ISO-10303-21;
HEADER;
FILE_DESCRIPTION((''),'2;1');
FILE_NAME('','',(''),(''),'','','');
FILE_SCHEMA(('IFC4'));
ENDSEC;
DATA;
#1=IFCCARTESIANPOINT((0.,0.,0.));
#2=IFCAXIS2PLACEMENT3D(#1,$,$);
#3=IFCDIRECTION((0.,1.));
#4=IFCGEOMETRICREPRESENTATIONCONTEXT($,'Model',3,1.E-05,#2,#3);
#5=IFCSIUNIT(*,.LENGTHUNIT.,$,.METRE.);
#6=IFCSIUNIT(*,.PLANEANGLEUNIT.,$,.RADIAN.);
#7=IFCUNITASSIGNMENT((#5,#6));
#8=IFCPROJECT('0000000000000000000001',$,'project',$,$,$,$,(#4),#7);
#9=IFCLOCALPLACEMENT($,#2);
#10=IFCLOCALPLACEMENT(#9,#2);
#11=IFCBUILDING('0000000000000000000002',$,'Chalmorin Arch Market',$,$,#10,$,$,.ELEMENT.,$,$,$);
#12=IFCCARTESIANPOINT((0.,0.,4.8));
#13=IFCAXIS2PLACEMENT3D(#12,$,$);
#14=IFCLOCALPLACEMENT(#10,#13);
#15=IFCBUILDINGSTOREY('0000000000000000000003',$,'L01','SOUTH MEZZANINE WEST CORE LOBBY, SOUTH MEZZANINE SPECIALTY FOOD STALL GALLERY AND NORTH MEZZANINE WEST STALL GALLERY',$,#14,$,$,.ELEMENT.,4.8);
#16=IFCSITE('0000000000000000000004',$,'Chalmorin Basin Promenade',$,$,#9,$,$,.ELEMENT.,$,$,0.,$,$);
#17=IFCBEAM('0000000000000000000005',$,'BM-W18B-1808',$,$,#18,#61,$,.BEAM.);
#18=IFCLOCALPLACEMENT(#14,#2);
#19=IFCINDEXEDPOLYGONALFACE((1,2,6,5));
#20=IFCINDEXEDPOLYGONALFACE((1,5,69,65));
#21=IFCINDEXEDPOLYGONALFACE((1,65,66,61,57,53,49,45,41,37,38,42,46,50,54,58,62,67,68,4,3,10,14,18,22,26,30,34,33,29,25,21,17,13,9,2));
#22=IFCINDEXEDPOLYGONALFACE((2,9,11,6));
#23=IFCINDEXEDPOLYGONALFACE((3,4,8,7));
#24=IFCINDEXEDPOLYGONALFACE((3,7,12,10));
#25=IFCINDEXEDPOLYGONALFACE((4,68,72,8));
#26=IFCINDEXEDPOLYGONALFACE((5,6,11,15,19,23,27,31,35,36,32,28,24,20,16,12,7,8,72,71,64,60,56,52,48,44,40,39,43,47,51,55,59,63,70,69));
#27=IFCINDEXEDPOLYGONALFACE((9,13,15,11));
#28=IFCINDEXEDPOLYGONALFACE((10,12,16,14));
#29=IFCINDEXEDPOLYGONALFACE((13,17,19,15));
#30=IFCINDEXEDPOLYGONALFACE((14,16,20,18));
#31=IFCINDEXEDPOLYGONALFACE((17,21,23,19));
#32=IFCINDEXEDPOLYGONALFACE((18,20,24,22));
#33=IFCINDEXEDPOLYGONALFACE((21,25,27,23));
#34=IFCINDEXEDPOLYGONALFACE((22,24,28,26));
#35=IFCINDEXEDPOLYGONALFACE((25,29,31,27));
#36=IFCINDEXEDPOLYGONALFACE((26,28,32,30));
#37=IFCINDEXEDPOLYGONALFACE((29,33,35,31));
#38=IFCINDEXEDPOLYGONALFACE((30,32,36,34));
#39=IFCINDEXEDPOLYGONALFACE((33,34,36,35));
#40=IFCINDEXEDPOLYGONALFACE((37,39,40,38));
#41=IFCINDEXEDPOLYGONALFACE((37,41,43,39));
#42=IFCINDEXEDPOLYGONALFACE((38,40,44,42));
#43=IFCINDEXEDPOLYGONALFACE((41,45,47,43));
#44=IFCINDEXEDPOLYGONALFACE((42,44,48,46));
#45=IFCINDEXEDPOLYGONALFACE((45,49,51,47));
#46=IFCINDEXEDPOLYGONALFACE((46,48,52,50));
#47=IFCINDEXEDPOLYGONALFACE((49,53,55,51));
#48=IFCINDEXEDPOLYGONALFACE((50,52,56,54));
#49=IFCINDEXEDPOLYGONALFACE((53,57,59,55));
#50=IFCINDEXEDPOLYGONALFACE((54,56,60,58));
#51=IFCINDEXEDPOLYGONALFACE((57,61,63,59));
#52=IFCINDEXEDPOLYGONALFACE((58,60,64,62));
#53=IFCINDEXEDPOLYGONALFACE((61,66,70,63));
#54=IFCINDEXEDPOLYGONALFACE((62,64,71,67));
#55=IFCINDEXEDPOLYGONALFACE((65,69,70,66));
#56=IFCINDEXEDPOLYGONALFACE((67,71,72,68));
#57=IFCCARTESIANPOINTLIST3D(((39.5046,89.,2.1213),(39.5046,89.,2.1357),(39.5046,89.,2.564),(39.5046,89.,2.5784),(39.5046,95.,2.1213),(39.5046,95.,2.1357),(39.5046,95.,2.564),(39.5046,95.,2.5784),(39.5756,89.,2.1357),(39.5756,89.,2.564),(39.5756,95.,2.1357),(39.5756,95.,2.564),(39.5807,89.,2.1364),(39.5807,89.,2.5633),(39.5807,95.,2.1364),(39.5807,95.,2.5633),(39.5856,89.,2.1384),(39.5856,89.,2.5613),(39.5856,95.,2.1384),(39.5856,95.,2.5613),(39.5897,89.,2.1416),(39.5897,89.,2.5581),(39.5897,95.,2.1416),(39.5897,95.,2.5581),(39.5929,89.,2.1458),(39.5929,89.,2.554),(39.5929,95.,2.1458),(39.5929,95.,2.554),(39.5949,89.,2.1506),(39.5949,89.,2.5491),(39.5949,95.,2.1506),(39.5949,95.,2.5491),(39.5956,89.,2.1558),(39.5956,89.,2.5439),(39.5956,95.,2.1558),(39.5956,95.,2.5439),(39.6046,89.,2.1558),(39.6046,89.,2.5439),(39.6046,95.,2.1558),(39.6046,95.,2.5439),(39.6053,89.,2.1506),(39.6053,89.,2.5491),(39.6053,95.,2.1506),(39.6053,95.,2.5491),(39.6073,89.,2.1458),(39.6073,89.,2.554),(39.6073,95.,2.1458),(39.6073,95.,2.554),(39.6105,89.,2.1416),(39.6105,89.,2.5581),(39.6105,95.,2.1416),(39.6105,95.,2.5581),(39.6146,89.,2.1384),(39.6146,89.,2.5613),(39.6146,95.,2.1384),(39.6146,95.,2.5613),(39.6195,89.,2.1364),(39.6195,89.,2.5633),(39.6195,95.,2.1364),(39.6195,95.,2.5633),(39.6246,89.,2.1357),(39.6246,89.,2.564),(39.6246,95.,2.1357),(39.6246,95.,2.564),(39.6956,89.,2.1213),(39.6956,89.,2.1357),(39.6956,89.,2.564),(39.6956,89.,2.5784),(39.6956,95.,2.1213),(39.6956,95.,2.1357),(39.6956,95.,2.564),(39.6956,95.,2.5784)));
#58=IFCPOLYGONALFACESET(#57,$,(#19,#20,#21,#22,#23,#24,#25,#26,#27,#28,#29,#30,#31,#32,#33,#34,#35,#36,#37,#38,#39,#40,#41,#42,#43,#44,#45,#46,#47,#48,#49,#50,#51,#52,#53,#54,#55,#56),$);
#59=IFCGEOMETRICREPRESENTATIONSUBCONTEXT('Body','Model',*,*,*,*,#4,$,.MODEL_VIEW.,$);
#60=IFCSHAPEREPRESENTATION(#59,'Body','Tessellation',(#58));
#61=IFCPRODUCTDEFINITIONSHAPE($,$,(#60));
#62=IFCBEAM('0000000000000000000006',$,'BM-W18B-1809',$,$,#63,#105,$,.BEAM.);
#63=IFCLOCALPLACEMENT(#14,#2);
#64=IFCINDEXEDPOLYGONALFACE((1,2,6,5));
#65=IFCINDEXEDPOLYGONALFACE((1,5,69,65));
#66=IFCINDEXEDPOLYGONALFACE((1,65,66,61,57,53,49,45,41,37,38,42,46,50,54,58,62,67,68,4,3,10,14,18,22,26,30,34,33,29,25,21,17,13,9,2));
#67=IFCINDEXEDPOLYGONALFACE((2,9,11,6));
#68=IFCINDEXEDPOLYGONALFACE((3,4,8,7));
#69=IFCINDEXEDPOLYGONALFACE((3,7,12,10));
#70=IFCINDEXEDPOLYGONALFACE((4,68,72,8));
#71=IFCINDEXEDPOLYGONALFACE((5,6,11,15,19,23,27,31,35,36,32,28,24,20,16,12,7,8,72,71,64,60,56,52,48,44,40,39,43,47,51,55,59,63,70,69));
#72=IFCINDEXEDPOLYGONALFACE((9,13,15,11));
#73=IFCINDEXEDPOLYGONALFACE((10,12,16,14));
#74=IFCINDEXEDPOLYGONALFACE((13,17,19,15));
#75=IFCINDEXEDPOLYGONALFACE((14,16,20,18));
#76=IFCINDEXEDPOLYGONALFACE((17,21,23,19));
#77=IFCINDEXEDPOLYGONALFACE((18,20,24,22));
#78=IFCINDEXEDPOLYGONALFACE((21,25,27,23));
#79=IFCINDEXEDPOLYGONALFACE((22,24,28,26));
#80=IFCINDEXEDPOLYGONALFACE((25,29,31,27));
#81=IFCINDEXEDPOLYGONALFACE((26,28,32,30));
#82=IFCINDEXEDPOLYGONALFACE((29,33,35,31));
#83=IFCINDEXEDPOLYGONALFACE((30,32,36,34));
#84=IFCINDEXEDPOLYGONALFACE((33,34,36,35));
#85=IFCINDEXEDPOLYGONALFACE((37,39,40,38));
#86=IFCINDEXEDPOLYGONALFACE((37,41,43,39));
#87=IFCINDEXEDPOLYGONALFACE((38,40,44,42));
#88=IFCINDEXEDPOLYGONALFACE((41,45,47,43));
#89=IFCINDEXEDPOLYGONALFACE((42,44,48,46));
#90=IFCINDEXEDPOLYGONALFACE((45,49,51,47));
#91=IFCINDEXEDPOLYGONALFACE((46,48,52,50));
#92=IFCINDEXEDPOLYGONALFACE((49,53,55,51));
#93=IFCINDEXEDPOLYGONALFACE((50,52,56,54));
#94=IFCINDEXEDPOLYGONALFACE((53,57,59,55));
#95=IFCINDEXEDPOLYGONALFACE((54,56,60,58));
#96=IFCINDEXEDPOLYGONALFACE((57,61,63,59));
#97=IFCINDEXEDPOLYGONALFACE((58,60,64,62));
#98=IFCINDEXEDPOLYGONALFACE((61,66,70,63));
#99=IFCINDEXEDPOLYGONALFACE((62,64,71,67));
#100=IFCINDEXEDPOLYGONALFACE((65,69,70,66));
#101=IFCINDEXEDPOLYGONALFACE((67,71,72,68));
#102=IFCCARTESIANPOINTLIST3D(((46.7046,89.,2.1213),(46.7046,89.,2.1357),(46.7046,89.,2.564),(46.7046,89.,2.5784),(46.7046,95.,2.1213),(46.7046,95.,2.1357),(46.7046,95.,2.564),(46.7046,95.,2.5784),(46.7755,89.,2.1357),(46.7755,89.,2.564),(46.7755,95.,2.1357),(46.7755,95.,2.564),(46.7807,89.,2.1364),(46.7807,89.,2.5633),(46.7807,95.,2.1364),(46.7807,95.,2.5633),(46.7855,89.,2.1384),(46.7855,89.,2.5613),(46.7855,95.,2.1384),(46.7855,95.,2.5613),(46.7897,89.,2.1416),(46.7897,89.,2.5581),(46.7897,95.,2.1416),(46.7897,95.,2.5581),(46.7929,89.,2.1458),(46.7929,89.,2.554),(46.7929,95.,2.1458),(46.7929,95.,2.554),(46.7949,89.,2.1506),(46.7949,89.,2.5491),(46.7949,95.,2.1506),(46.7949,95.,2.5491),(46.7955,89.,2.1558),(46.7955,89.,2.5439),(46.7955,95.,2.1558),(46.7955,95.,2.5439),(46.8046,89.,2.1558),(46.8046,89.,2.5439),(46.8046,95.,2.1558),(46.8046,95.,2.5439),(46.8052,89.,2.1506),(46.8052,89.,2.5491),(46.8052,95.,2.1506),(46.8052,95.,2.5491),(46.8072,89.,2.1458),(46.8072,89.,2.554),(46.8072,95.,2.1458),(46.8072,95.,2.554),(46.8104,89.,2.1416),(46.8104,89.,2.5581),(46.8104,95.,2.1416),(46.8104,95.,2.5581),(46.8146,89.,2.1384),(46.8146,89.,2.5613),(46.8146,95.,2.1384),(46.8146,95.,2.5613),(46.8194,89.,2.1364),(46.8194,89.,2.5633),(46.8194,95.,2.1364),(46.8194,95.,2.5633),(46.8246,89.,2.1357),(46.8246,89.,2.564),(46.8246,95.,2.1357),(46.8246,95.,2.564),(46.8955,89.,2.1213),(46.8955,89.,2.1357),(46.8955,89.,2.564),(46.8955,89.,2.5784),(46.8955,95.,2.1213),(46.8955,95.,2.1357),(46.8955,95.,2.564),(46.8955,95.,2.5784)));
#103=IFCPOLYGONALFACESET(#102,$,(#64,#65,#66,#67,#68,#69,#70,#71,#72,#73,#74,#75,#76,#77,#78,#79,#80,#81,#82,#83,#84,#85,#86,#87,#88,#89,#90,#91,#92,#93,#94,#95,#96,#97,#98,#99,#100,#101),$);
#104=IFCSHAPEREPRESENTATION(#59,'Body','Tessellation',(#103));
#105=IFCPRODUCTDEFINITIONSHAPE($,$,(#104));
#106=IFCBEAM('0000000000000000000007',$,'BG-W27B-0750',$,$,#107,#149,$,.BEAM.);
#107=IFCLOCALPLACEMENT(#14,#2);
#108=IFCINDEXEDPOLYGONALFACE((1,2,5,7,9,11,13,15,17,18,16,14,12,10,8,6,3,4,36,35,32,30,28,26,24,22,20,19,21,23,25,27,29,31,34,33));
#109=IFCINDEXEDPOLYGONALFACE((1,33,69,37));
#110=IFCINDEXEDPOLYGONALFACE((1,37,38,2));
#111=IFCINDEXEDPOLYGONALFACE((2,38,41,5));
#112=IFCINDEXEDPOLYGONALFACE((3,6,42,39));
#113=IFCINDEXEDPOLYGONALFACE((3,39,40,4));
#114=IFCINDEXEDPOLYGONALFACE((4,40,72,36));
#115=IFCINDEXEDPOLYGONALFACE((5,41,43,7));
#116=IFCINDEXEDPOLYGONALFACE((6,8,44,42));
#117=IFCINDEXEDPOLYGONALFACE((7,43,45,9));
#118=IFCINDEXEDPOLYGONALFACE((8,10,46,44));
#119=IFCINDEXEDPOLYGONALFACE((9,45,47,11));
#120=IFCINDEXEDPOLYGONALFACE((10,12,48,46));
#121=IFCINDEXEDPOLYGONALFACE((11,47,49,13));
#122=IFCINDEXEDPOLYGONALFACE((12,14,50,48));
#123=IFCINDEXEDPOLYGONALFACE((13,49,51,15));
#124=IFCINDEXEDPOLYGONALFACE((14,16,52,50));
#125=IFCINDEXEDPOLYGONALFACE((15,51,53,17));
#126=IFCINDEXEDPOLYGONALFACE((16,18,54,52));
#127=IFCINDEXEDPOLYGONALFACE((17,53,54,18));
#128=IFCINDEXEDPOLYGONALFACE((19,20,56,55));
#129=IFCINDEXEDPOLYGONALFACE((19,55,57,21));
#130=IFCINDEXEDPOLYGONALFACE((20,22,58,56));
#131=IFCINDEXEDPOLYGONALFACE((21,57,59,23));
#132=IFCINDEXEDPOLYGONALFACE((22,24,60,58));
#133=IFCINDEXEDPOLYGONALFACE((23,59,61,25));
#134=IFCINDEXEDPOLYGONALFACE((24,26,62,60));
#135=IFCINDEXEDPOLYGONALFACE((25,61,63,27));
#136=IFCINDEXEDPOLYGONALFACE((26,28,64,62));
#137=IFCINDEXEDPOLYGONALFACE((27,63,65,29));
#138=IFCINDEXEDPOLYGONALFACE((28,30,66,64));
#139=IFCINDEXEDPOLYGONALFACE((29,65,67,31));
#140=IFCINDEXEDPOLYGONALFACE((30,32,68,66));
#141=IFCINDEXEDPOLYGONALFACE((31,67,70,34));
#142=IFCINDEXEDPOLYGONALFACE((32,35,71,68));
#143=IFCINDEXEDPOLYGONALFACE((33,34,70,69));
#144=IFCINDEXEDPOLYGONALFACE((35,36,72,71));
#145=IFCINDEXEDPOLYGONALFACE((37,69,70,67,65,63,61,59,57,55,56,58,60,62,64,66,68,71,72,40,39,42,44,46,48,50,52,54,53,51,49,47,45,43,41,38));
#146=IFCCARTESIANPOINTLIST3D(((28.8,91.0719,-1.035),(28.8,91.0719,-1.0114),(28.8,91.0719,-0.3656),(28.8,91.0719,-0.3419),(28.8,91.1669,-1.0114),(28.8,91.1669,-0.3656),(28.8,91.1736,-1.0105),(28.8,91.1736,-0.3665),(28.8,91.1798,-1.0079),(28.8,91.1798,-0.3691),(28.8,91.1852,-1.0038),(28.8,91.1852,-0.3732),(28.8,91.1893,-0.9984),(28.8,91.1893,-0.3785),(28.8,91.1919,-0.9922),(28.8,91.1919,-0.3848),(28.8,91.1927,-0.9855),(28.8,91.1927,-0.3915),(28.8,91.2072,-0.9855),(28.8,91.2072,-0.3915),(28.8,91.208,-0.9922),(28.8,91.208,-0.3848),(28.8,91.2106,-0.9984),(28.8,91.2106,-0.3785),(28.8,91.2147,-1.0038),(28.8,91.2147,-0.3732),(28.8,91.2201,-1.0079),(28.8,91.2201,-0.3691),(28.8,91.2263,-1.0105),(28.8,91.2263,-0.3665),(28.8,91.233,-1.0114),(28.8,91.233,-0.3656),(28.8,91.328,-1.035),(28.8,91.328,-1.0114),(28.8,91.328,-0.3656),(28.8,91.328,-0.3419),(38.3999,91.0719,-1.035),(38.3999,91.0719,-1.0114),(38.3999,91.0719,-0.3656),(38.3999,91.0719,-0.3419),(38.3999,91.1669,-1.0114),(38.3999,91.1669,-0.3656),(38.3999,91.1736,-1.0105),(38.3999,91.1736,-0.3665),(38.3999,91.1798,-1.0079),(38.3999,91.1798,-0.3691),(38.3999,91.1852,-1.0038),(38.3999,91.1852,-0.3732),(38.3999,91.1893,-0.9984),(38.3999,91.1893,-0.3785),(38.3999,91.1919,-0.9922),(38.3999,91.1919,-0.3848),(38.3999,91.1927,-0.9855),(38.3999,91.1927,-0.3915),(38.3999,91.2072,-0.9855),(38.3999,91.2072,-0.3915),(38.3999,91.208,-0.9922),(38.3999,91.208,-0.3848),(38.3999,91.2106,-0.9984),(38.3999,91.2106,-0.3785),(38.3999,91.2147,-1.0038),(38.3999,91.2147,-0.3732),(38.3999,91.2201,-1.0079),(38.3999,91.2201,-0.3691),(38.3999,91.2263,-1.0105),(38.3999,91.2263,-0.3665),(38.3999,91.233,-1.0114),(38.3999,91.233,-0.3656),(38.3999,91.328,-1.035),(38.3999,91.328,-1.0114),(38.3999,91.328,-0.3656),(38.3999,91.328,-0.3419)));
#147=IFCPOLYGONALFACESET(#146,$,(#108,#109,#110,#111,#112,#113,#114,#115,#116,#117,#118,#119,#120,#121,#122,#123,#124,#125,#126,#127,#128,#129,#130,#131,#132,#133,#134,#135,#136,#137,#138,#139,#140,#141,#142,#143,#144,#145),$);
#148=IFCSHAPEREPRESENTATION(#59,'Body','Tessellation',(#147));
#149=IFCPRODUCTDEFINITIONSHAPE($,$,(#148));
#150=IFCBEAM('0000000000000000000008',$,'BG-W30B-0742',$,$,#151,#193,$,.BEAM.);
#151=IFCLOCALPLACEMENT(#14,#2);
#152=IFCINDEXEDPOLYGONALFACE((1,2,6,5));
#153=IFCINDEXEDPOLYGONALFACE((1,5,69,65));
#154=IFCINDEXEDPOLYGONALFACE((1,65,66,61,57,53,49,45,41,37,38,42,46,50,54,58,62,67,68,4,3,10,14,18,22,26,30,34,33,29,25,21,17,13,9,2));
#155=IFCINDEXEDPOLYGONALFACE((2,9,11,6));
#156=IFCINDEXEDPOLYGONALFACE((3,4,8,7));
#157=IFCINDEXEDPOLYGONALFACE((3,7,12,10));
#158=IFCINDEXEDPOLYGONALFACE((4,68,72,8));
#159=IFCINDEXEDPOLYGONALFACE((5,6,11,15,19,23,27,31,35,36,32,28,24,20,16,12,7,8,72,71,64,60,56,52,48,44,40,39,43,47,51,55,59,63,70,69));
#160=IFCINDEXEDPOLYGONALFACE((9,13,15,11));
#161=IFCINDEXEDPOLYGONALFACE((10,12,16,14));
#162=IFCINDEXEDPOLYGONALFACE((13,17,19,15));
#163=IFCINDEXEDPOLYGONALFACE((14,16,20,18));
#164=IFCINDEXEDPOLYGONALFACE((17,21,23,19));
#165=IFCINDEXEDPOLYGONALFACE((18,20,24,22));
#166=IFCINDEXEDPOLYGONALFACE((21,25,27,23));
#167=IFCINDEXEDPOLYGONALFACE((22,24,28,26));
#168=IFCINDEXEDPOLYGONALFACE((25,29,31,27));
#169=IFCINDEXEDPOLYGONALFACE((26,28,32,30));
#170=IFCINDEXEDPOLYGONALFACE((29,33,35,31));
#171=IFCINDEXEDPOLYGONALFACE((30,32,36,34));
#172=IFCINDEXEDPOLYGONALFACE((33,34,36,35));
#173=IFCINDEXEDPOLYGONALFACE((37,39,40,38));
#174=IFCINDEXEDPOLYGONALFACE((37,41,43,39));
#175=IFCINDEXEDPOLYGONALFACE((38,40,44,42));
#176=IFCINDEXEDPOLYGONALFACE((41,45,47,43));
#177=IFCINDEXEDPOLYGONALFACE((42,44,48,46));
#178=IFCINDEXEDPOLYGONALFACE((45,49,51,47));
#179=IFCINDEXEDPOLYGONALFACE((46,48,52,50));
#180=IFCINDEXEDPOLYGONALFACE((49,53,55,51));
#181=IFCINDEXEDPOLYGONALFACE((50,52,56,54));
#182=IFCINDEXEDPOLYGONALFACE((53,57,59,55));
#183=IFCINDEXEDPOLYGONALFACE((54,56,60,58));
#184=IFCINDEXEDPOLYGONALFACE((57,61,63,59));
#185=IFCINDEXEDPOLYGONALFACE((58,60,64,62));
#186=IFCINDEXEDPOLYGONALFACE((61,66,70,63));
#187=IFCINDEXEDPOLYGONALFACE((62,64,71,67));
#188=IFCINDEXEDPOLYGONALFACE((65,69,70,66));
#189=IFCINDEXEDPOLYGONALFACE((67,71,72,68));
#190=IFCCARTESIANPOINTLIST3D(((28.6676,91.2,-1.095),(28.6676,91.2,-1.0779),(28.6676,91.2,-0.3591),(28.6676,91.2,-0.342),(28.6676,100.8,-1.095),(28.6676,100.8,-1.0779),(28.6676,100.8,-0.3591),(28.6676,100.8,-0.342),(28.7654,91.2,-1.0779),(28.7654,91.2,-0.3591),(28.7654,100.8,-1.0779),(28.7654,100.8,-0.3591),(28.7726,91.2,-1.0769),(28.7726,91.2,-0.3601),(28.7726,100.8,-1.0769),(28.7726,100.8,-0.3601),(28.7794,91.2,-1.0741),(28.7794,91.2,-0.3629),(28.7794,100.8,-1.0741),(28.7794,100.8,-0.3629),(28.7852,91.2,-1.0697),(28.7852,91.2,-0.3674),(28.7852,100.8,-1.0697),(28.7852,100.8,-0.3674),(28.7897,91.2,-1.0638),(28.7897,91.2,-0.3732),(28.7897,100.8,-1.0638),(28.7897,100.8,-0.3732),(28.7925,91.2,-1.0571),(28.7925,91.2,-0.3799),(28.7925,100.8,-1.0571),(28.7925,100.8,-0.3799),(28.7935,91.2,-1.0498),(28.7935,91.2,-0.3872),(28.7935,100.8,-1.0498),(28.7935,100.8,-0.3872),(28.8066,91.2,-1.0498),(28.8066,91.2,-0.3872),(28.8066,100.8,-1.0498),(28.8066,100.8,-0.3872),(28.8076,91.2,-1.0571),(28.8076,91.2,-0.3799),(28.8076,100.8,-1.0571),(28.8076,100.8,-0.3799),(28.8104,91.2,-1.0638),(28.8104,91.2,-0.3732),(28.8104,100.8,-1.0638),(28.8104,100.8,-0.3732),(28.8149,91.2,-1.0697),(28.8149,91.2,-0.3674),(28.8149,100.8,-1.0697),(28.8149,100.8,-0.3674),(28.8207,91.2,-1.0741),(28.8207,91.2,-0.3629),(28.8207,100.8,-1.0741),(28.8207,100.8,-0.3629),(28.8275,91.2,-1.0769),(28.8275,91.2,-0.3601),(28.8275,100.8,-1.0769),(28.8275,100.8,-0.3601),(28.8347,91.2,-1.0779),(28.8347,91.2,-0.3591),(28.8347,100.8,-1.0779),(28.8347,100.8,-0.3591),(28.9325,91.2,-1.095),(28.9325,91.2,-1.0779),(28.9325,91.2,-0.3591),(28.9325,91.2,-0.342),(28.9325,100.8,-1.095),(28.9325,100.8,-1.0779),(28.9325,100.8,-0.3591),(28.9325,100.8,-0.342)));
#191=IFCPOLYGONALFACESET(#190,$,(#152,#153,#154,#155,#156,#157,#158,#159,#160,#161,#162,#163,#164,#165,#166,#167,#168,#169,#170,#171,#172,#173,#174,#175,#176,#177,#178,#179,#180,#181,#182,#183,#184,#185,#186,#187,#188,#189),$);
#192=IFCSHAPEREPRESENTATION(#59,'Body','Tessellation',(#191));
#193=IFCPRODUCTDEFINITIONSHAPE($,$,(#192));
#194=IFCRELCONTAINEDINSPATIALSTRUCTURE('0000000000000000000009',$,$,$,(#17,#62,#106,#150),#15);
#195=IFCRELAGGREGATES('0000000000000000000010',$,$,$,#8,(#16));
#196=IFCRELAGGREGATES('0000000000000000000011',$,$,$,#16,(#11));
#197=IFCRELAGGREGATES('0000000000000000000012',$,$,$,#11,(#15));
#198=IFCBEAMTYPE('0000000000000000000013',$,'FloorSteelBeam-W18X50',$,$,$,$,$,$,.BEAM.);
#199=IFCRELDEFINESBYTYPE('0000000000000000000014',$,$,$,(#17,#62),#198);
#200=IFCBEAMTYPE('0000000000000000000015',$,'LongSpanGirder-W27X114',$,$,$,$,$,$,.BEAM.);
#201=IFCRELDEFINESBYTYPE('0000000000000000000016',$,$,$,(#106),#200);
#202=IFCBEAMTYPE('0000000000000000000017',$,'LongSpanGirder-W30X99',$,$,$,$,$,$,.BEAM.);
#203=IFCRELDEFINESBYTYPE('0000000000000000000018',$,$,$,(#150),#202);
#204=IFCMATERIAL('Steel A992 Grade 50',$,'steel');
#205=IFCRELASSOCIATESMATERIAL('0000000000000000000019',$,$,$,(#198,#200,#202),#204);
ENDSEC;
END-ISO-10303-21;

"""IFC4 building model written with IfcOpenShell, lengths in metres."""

from ifc_helpers import new_model, si_unit, direction, frame, origin, origin_2d, place, context, subcontext, project, spatial, i_section, extrude, material, material_profile, profile_set, type_object, element, save


model = new_model("IFC4")

# Units and contexts
model_context = context("Model", 3, precision=1e-05, world=origin(), true_north=direction((0.0, 1.0)))
body_context = subcontext(model_context, "Body", "Model", "MODEL_VIEW")
ifc_project = project(units=[si_unit("LENGTHUNIT", "METRE"), si_unit("PLANEANGLEUNIT", "RADIAN")], contexts=[model_context])

# Site, building, storey
site_placement = place(None, origin())
site = spatial("IfcSite", under=ifc_project, at=site_placement, Name="Chalmorin Basin Promenade", CompositionType="ELEMENT", RefElevation=0.0)
building_placement = place(site_placement, origin())
building = spatial("IfcBuilding", under=site, at=building_placement, Name="Chalmorin Arch Market", CompositionType="ELEMENT")
storey_placement = place(building_placement, frame((0.0, 0.0, 4.8)))
storey = spatial("IfcBuildingStorey", under=building, at=storey_placement, Name="L01", Description="SOUTH MEZZANINE WEST CORE LOBBY, SOUTH MEZZANINE SPECIALTY FOOD STALL GALLERY AND NORTH MEZZANINE WEST STALL GALLERY", CompositionType="ELEMENT", Elevation=4.8)

# Beams
ifc_material_1 = material(Name="Steel A992 Grade 50", Category="steel")
ifc_material_profile_1 = material_profile(ifc_material_1, i_section(OverallWidth=0.1909, OverallDepth=0.457, WebThickness=0.009, FlangeThickness=0.0144, FilletRadius=0.02, at=origin_2d()), Name="W18X50")
ifc_profile_set_1 = profile_set([ifc_material_profile_1], Name="Steel A992 Grade 50")
beam_type_1 = type_object("IfcBeamType", Name="FloorSteelBeam-W18X50", PredefinedType="BEAM", material=ifc_profile_set_1)
for number, where, z_axis, x_axis, name in (
    (1, (39.6001, 89.0, 2.3499), (0.0, 1.0, 0.0), (-1.0, 0.0, 0.0), "BM-W18B-1808"),
    (2, (46.8, 89.0, 2.3499), (0.0, 1.0, 0.0), (-1.0, 0.0, 0.0), "BM-W18B-1809"),
):
    element("IfcBeam", number, at=place(storey_placement, frame(where, z_axis=z_axis, x_axis=x_axis)), inside=storey, type_object=beam_type_1, Name=name, PredefinedType="BEAM", context=body_context, shape_type="SweptSolid", body=[
        extrude(i_section(OverallWidth=0.1909, OverallDepth=0.457, WebThickness=0.009, FlangeThickness=0.0144, FilletRadius=0.02, at=origin_2d()), origin(), (0.0, 0.0, 1.0), 6.0),
    ])
ifc_material_profile_2 = material_profile(ifc_material_1, i_section(OverallWidth=0.2561, OverallDepth=0.6931, WebThickness=0.0144, FlangeThickness=0.0237, FilletRadius=0.0259, at=origin_2d()), Name="W27X114")
ifc_profile_set_2 = profile_set([ifc_material_profile_2], Name="Steel A992 Grade 50")
beam_type_2 = type_object("IfcBeamType", Name="LongSpanGirder-W27X114", PredefinedType="BEAM", material=ifc_profile_set_2)
beam_1_placement = place(storey_placement, frame((28.8, 91.2, -0.6885), z_axis=(1.0, 0.0, 0.0), x_axis=(0.0, 1.0, 0.0)))
element("IfcBeam", 3, at=beam_1_placement, inside=storey, type_object=beam_type_2, Name="BG-W27B-0750", PredefinedType="BEAM", context=body_context, shape_type="SweptSolid", body=[
    extrude(i_section(OverallWidth=0.2561, OverallDepth=0.6931, WebThickness=0.0144, FlangeThickness=0.0237, FilletRadius=0.0259, at=origin_2d()), origin(), (0.0, 0.0, 1.0), 9.5999),
])
ifc_material_profile_3 = material_profile(ifc_material_1, i_section(OverallWidth=0.2649, OverallDepth=0.7529, WebThickness=0.0132, FlangeThickness=0.0171, FilletRadius=0.0281, at=origin_2d()), Name="W30X99")
ifc_profile_set_3 = profile_set([ifc_material_profile_3], Name="Steel A992 Grade 50")
beam_type_3 = type_object("IfcBeamType", Name="LongSpanGirder-W30X99", PredefinedType="BEAM", material=ifc_profile_set_3)
beam_2_placement = place(storey_placement, frame((28.8, 91.2, -0.7185), z_axis=(0.0, 1.0, 0.0), x_axis=(-1.0, 0.0, 0.0)))
element("IfcBeam", 4, at=beam_2_placement, inside=storey, type_object=beam_type_3, Name="BG-W30B-0742", PredefinedType="BEAM", context=body_context, shape_type="SweptSolid", body=[
    extrude(i_section(OverallWidth=0.2649, OverallDepth=0.7529, WebThickness=0.0132, FlangeThickness=0.0171, FilletRadius=0.0281, at=origin_2d()), origin(), (0.0, 0.0, 1.0), 9.6001),
])

save(model, "model.ifc")
